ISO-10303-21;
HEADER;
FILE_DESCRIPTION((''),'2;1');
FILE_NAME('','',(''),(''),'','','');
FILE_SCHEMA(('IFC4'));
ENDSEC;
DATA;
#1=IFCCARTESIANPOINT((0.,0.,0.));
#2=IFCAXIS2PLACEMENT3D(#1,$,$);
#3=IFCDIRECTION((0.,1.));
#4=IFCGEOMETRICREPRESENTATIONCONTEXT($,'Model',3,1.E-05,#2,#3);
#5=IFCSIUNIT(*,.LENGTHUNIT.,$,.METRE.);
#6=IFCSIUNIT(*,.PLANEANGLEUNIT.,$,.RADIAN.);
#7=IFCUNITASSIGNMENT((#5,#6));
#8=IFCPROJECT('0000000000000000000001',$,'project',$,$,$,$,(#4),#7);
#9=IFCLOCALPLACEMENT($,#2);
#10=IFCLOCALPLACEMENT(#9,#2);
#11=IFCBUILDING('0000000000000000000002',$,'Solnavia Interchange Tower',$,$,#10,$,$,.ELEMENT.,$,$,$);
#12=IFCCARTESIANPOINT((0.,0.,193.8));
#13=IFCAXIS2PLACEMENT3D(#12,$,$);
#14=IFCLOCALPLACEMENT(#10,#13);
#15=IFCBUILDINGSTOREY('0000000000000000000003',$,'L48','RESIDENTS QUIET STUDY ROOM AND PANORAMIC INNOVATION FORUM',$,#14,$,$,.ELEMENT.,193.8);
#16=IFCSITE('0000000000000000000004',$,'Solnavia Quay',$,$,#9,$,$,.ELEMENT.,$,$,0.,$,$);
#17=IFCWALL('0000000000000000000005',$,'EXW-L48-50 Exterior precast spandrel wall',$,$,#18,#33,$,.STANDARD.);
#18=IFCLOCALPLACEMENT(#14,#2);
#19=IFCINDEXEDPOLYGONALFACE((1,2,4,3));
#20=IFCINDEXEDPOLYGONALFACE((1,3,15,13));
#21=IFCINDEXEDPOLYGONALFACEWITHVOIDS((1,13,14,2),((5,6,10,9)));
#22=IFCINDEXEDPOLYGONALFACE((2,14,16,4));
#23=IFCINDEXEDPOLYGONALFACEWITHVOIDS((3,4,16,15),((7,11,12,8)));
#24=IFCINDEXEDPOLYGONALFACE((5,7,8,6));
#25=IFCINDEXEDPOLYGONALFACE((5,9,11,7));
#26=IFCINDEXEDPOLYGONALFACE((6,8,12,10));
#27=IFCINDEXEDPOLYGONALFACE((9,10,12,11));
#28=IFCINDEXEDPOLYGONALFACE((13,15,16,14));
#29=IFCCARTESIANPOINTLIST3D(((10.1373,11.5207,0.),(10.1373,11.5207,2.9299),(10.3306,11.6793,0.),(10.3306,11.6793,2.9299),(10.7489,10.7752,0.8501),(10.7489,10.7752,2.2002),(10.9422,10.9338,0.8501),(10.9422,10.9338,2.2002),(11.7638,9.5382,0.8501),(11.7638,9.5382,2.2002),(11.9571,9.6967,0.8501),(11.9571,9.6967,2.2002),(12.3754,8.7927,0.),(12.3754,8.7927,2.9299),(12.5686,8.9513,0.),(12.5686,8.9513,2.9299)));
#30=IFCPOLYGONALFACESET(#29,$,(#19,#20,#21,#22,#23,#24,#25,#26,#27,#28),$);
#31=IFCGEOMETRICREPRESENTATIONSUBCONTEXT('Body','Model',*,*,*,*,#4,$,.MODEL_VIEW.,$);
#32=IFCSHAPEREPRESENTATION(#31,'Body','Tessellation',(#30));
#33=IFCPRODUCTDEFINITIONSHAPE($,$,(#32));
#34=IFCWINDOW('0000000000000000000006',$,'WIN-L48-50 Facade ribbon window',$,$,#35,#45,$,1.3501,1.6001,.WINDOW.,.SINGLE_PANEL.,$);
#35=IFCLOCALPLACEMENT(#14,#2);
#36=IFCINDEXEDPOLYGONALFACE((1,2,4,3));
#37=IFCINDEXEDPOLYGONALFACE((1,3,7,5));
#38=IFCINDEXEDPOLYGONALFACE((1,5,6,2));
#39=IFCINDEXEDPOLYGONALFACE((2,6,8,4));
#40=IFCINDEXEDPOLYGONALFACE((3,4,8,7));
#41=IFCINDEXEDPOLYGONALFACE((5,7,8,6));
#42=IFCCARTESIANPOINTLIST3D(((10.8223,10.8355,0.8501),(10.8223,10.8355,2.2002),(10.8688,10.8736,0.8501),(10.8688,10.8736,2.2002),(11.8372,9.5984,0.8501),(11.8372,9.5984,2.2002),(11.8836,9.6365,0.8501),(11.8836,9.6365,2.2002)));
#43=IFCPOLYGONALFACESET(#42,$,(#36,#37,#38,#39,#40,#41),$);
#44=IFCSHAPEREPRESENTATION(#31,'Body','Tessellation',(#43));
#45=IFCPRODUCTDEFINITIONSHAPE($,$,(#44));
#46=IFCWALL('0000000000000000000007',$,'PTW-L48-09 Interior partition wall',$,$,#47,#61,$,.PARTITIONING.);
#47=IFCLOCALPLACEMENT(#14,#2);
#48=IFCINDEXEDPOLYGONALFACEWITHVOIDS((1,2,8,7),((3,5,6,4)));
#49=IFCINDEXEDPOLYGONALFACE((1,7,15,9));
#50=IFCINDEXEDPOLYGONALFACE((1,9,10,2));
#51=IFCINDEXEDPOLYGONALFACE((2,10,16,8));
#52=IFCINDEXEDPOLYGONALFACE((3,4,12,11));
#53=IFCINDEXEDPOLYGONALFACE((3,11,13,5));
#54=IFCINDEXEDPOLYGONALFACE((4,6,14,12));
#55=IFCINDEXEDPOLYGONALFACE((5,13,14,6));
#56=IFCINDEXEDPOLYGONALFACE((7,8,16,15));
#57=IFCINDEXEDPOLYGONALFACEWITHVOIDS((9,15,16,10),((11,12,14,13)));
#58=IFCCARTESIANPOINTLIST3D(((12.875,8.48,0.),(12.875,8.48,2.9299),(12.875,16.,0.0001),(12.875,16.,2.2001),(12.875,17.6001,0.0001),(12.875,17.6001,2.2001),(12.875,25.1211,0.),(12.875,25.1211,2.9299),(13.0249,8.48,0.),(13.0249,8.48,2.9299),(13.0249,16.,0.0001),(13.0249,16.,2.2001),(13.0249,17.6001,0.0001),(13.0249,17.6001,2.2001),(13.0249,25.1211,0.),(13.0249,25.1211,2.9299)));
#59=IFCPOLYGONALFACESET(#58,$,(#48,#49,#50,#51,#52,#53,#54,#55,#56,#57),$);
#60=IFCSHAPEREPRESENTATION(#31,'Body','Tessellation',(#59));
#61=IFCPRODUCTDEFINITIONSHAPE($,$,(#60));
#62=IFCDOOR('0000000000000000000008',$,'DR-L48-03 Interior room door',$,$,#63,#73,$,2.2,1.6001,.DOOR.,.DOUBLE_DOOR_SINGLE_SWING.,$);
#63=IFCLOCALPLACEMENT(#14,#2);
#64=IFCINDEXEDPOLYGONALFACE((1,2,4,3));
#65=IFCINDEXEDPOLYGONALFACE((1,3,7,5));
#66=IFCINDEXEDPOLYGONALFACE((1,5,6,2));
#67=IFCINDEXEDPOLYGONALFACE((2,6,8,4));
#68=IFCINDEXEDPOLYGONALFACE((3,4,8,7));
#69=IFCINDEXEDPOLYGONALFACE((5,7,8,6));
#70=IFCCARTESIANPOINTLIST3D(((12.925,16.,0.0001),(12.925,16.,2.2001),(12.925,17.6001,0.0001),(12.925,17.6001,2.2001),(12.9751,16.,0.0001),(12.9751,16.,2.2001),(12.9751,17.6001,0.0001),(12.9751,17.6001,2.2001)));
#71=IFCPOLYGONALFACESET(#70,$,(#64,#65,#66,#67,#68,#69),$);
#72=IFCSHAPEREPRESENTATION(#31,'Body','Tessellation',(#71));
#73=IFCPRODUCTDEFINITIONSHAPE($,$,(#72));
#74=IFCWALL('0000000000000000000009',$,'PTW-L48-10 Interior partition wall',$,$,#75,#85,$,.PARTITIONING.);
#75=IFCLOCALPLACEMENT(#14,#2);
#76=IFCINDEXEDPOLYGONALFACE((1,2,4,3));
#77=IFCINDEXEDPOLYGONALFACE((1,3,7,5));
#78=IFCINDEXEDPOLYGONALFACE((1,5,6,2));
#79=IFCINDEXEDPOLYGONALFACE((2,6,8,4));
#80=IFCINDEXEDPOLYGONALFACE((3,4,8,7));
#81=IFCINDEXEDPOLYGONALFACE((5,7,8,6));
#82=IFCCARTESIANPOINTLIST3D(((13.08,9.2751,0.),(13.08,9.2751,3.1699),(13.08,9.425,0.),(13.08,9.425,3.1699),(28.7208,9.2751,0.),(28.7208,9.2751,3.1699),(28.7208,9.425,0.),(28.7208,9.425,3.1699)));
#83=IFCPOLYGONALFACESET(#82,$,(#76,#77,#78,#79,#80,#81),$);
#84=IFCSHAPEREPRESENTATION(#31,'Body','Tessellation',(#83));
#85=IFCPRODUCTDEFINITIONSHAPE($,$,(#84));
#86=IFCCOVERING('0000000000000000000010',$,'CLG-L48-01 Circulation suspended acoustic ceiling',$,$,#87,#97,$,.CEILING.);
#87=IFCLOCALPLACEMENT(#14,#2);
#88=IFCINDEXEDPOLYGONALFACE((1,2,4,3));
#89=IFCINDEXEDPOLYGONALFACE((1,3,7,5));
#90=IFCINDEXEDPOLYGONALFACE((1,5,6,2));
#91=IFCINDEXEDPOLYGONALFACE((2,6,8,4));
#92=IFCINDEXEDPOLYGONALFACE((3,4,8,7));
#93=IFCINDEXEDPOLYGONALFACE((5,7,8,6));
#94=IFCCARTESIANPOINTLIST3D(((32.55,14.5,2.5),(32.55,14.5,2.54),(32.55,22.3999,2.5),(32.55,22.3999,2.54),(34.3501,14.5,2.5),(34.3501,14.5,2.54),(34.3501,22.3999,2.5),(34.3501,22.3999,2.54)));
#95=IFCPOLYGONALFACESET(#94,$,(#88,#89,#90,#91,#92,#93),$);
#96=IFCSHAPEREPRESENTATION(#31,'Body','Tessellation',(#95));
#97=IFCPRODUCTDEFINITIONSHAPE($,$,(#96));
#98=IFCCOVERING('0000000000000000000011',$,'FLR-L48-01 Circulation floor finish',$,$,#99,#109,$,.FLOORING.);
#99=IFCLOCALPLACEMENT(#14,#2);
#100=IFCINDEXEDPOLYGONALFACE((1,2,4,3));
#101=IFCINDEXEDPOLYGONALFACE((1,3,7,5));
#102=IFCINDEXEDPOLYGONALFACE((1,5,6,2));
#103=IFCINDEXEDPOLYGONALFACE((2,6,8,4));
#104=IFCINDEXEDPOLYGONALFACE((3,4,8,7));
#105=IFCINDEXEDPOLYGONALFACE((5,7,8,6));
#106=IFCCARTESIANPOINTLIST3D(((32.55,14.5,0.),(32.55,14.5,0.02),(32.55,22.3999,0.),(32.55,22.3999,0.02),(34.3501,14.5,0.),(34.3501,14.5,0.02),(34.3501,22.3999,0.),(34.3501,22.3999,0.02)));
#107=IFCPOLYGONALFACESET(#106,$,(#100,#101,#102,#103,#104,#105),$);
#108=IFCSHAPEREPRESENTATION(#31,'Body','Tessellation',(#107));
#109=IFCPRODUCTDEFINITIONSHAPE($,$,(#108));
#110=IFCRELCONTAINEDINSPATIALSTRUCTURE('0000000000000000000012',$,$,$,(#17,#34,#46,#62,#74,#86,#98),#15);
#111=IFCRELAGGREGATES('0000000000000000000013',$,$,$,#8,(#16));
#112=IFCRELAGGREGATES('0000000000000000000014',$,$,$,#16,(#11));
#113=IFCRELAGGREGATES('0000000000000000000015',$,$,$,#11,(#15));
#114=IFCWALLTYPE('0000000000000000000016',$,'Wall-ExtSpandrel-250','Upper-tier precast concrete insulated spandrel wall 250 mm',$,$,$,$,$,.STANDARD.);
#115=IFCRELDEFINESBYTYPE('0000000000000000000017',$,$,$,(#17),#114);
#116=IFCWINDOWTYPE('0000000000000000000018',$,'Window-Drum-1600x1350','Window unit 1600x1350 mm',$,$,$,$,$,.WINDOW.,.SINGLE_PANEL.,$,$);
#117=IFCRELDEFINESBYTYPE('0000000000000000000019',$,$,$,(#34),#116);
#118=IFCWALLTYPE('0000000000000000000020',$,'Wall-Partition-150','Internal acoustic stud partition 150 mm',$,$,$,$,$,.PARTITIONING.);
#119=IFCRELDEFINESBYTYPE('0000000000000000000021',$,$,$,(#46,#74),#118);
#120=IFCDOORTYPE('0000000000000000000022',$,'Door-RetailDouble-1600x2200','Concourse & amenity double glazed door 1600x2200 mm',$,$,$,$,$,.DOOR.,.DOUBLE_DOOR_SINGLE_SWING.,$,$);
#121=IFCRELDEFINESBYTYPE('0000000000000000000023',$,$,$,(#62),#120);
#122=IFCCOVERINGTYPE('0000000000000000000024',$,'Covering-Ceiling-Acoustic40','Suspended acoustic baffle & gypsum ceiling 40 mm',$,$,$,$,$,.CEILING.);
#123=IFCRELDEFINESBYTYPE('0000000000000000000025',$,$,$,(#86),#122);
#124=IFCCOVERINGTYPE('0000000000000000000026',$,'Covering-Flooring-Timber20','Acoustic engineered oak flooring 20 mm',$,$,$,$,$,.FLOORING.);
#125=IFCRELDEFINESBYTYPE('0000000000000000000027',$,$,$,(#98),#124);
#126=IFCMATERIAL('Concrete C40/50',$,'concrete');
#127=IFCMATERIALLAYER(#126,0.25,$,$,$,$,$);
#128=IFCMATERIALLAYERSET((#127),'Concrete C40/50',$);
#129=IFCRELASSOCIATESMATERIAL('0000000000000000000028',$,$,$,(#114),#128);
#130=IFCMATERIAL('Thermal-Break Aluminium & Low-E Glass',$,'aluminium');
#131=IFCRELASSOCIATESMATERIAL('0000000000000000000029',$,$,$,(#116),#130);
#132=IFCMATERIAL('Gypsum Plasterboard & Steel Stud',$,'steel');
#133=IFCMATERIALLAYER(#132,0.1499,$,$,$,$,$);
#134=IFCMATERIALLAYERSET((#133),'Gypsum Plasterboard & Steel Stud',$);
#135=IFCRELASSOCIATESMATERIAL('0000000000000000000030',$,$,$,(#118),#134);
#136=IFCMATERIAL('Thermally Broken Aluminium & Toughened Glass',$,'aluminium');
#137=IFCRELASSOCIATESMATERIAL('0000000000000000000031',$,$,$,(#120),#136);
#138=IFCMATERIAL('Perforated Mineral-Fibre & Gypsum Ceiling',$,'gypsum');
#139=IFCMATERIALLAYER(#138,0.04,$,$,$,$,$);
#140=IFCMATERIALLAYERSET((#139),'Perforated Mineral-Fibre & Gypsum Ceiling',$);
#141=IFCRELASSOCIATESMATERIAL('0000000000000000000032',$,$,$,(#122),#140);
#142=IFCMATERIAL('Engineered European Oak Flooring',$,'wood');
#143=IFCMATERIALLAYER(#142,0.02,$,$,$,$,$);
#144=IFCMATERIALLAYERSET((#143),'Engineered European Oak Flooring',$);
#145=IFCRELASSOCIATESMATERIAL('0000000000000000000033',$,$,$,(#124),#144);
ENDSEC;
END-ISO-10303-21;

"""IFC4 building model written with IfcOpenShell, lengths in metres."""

from ifc_helpers import new_model, si_unit, direction, frame, frame_2d, origin, place, context, subcontext, project, spatial, polyline, rectangle, outline, extrude, material, layer, layer_set, type_object, element, fill, save


model = new_model("IFC4")

# Units and contexts
model_context = context("Model", 3, precision=1e-05, world=origin(), true_north=direction((0.0, 1.0)))
body_context = subcontext(model_context, "Body", "Model", "MODEL_VIEW")
ifc_project = project(units=[si_unit("LENGTHUNIT", "METRE"), si_unit("PLANEANGLEUNIT", "RADIAN")], contexts=[model_context])

# Site, building, storey
site_placement = place(None, origin())
site = spatial("IfcSite", under=ifc_project, at=site_placement, Name="Solnavia Quay", CompositionType="ELEMENT", RefElevation=0.0)
building_placement = place(site_placement, origin())
building = spatial("IfcBuilding", under=site, at=building_placement, Name="Solnavia Interchange Tower", CompositionType="ELEMENT")
storey_placement = place(building_placement, frame((0.0, 0.0, 193.8)))
storey = spatial("IfcBuildingStorey", under=building, at=storey_placement, Name="L48", Description="RESIDENTS QUIET STUDY ROOM AND PANORAMIC INNOVATION FORUM", CompositionType="ELEMENT", Elevation=193.8)

# Shared definitions
ifc_material_1 = material(Name="Concrete C40/50", Category="concrete")

# Wall, opening, window
ifc_layer_1 = layer(ifc_material_1, 0.25)
ifc_layer_set_1 = layer_set([ifc_layer_1], Name="Concrete C40/50")
wall_type_1 = type_object("IfcWallType", Name="Wall-ExtSpandrel-250", Description="Upper-tier precast concrete insulated spandrel wall 250 mm", PredefinedType="STANDARD", material=ifc_layer_set_1)
wall_1_placement = place(storey_placement, frame((12.4719, 8.8721, 0.0), z_axis=(0.0, 0.0, 1.0), x_axis=(-0.634258, 0.773121, 0.0)))
wall_1 = element("IfcWall", 1, at=wall_1_placement, inside=storey, type_object=wall_type_1, Name="EXW-L48-50 Exterior precast spandrel wall", PredefinedType="STANDARD", context=body_context, shape_type="SweptSolid", body=[
    extrude(rectangle(XDim=3.5286, YDim=0.25, at=frame_2d((1.7642, 0.0))), origin(), (0.0, 0.0, 1.0), 2.9299),
])
opening_1_placement = place(wall_1_placement, frame((0.9641, 0.0, 0.8501)))
opening_1 = element("IfcOpeningElement", 2, at=opening_1_placement, cuts=wall_1, PredefinedType="OPENING", context=body_context, shape_type="SweptSolid", body=[
    extrude(rectangle(XDim=1.6001, YDim=1.3501, at=frame_2d((0.8, 0.675))), frame((0.0, 0.135, 0.0), z_axis=(0.0, -1.0, 0.0), x_axis=(1.0, 0.0, 0.0)), (0.0, 0.0, 1.0), 0.27),
])
ifc_material_2 = material(Name="Thermal-Break Aluminium & Low-E Glass", Category="aluminium")
window_type = type_object("IfcWindowType", Name="Window-Drum-1600x1350", Description="Window unit 1600x1350 mm", PartitioningType="SINGLE_PANEL", PredefinedType="WINDOW", material=ifc_material_2)
window_placement = place(opening_1_placement, origin())
window = element("IfcWindow", 3, at=window_placement, inside=storey, type_object=window_type, Name="WIN-L48-50 Facade ribbon window", OverallHeight=1.3501, OverallWidth=1.6001, PartitioningType="SINGLE_PANEL", PredefinedType="WINDOW", context=body_context, shape_type="SweptSolid", body=[
    extrude(rectangle(XDim=1.6001, YDim=1.3501, at=frame_2d((0.8, 0.675))), frame((0.0, 0.03, 0.0), z_axis=(0.0, -1.0, 0.0), x_axis=(1.0, 0.0, 0.0)), (0.0, 0.0, 1.0), 0.0601),
])
fill(opening_1, window)

# Wall, opening, door
ifc_material_3 = material(Name="Gypsum Plasterboard & Steel Stud", Category="steel")
ifc_layer_2 = layer(ifc_material_3, 0.1499)
ifc_layer_set_2 = layer_set([ifc_layer_2], Name="Gypsum Plasterboard & Steel Stud")
wall_type_2 = type_object("IfcWallType", Name="Wall-Partition-150", Description="Internal acoustic stud partition 150 mm", PredefinedType="PARTITIONING", material=ifc_layer_set_2)
wall_2_placement = place(storey_placement, frame((12.95, 8.48, 0.0), z_axis=(0.0, 0.0, 1.0), x_axis=(0.0, 1.0, 0.0)))
wall_2 = element("IfcWall", 4, at=wall_2_placement, inside=storey, type_object=wall_type_2, Name="PTW-L48-09 Interior partition wall", PredefinedType="PARTITIONING", context=body_context, shape_type="SweptSolid", body=[
    extrude(rectangle(XDim=16.6411, YDim=0.1499, at=frame_2d((8.3206, 0.0))), origin(), (0.0, 0.0, 1.0), 2.9299),
])
opening_2_placement = place(wall_2_placement, frame((7.52, 0.0, 0.0)))
opening_2 = element("IfcOpeningElement", 5, at=opening_2_placement, cuts=wall_2, PredefinedType="OPENING", context=body_context, shape_type="SweptSolid", body=[
    extrude(rectangle(XDim=1.6001, YDim=2.2, at=frame_2d((0.8, 1.1001))), frame((0.0, 0.085, 0.0), z_axis=(0.0, -1.0, 0.0), x_axis=(1.0, 0.0, 0.0)), (0.0, 0.0, 1.0), 0.1699),
])
ifc_material_4 = material(Name="Thermally Broken Aluminium & Toughened Glass", Category="aluminium")
door_type = type_object("IfcDoorType", Name="Door-RetailDouble-1600x2200", Description="Concourse & amenity double glazed door 1600x2200 mm", OperationType="DOUBLE_DOOR_SINGLE_SWING", PredefinedType="DOOR", material=ifc_material_4)
door_placement = place(opening_2_placement, origin())
door = element("IfcDoor", 6, at=door_placement, inside=storey, type_object=door_type, Name="DR-L48-03 Interior room door", OperationType="DOUBLE_DOOR_SINGLE_SWING", OverallHeight=2.2, OverallWidth=1.6001, PredefinedType="DOOR", context=body_context, shape_type="SweptSolid", body=[
    extrude(rectangle(XDim=1.6001, YDim=2.2, at=frame_2d((0.8, 1.1001))), frame((0.0, 0.0249, 0.0), z_axis=(0.0, -1.0, 0.0), x_axis=(1.0, 0.0, 0.0)), (0.0, 0.0, 1.0), 0.05),
])
fill(opening_2, door)

# Wall
wall_3_placement = place(storey_placement, frame((13.0801, 9.3501, 0.0), z_axis=(0.0, 0.0, 1.0), x_axis=(1.0, 0.0, 0.0)))
element("IfcWall", 7, at=wall_3_placement, inside=storey, type_object=wall_type_2, Name="PTW-L48-10 Interior partition wall", PredefinedType="PARTITIONING", context=body_context, shape_type="SweptSolid", body=[
    extrude(rectangle(XDim=15.6409, YDim=0.1499, at=frame_2d((7.8203, 0.0))), origin(), (0.0, 0.0, 1.0), 3.1699),
])

# Coverings
ifc_material_5 = material(Name="Perforated Mineral-Fibre & Gypsum Ceiling", Category="gypsum")
ifc_layer_3 = layer(ifc_material_5, 0.04)
ifc_layer_set_3 = layer_set([ifc_layer_3], Name="Perforated Mineral-Fibre & Gypsum Ceiling")
covering_type_1 = type_object("IfcCoveringType", Name="Covering-Ceiling-Acoustic40", Description="Suspended acoustic baffle & gypsum ceiling 40 mm", PredefinedType="CEILING", material=ifc_layer_set_3)
covering_1_placement = place(storey_placement, frame((0.0, 0.0, 2.5)))
element("IfcCovering", 8, at=covering_1_placement, inside=storey, type_object=covering_type_1, Name="CLG-L48-01 Circulation suspended acoustic ceiling", PredefinedType="CEILING", context=body_context, shape_type="SweptSolid", body=[
    extrude(outline(polyline([(32.55, 14.5), (34.3501, 14.5), (34.3501, 22.3999), (32.55, 22.3999), (32.55, 14.5)])), origin(), (0.0, 0.0, 1.0), 0.04),
])
ifc_material_6 = material(Name="Engineered European Oak Flooring", Category="wood")
ifc_layer_4 = layer(ifc_material_6, 0.02)
ifc_layer_set_4 = layer_set([ifc_layer_4], Name="Engineered European Oak Flooring")
covering_type_2 = type_object("IfcCoveringType", Name="Covering-Flooring-Timber20", Description="Acoustic engineered oak flooring 20 mm", PredefinedType="FLOORING", material=ifc_layer_set_4)
covering_2_placement = place(storey_placement, origin())
element("IfcCovering", 9, at=covering_2_placement, inside=storey, type_object=covering_type_2, Name="FLR-L48-01 Circulation floor finish", PredefinedType="FLOORING", context=body_context, shape_type="SweptSolid", body=[
    extrude(outline(polyline([(32.55, 14.5), (34.3501, 14.5), (34.3501, 22.3999), (32.55, 22.3999), (32.55, 14.5)])), origin(), (0.0, 0.0, 1.0), 0.02),
])

save(model, "model.ifc")
